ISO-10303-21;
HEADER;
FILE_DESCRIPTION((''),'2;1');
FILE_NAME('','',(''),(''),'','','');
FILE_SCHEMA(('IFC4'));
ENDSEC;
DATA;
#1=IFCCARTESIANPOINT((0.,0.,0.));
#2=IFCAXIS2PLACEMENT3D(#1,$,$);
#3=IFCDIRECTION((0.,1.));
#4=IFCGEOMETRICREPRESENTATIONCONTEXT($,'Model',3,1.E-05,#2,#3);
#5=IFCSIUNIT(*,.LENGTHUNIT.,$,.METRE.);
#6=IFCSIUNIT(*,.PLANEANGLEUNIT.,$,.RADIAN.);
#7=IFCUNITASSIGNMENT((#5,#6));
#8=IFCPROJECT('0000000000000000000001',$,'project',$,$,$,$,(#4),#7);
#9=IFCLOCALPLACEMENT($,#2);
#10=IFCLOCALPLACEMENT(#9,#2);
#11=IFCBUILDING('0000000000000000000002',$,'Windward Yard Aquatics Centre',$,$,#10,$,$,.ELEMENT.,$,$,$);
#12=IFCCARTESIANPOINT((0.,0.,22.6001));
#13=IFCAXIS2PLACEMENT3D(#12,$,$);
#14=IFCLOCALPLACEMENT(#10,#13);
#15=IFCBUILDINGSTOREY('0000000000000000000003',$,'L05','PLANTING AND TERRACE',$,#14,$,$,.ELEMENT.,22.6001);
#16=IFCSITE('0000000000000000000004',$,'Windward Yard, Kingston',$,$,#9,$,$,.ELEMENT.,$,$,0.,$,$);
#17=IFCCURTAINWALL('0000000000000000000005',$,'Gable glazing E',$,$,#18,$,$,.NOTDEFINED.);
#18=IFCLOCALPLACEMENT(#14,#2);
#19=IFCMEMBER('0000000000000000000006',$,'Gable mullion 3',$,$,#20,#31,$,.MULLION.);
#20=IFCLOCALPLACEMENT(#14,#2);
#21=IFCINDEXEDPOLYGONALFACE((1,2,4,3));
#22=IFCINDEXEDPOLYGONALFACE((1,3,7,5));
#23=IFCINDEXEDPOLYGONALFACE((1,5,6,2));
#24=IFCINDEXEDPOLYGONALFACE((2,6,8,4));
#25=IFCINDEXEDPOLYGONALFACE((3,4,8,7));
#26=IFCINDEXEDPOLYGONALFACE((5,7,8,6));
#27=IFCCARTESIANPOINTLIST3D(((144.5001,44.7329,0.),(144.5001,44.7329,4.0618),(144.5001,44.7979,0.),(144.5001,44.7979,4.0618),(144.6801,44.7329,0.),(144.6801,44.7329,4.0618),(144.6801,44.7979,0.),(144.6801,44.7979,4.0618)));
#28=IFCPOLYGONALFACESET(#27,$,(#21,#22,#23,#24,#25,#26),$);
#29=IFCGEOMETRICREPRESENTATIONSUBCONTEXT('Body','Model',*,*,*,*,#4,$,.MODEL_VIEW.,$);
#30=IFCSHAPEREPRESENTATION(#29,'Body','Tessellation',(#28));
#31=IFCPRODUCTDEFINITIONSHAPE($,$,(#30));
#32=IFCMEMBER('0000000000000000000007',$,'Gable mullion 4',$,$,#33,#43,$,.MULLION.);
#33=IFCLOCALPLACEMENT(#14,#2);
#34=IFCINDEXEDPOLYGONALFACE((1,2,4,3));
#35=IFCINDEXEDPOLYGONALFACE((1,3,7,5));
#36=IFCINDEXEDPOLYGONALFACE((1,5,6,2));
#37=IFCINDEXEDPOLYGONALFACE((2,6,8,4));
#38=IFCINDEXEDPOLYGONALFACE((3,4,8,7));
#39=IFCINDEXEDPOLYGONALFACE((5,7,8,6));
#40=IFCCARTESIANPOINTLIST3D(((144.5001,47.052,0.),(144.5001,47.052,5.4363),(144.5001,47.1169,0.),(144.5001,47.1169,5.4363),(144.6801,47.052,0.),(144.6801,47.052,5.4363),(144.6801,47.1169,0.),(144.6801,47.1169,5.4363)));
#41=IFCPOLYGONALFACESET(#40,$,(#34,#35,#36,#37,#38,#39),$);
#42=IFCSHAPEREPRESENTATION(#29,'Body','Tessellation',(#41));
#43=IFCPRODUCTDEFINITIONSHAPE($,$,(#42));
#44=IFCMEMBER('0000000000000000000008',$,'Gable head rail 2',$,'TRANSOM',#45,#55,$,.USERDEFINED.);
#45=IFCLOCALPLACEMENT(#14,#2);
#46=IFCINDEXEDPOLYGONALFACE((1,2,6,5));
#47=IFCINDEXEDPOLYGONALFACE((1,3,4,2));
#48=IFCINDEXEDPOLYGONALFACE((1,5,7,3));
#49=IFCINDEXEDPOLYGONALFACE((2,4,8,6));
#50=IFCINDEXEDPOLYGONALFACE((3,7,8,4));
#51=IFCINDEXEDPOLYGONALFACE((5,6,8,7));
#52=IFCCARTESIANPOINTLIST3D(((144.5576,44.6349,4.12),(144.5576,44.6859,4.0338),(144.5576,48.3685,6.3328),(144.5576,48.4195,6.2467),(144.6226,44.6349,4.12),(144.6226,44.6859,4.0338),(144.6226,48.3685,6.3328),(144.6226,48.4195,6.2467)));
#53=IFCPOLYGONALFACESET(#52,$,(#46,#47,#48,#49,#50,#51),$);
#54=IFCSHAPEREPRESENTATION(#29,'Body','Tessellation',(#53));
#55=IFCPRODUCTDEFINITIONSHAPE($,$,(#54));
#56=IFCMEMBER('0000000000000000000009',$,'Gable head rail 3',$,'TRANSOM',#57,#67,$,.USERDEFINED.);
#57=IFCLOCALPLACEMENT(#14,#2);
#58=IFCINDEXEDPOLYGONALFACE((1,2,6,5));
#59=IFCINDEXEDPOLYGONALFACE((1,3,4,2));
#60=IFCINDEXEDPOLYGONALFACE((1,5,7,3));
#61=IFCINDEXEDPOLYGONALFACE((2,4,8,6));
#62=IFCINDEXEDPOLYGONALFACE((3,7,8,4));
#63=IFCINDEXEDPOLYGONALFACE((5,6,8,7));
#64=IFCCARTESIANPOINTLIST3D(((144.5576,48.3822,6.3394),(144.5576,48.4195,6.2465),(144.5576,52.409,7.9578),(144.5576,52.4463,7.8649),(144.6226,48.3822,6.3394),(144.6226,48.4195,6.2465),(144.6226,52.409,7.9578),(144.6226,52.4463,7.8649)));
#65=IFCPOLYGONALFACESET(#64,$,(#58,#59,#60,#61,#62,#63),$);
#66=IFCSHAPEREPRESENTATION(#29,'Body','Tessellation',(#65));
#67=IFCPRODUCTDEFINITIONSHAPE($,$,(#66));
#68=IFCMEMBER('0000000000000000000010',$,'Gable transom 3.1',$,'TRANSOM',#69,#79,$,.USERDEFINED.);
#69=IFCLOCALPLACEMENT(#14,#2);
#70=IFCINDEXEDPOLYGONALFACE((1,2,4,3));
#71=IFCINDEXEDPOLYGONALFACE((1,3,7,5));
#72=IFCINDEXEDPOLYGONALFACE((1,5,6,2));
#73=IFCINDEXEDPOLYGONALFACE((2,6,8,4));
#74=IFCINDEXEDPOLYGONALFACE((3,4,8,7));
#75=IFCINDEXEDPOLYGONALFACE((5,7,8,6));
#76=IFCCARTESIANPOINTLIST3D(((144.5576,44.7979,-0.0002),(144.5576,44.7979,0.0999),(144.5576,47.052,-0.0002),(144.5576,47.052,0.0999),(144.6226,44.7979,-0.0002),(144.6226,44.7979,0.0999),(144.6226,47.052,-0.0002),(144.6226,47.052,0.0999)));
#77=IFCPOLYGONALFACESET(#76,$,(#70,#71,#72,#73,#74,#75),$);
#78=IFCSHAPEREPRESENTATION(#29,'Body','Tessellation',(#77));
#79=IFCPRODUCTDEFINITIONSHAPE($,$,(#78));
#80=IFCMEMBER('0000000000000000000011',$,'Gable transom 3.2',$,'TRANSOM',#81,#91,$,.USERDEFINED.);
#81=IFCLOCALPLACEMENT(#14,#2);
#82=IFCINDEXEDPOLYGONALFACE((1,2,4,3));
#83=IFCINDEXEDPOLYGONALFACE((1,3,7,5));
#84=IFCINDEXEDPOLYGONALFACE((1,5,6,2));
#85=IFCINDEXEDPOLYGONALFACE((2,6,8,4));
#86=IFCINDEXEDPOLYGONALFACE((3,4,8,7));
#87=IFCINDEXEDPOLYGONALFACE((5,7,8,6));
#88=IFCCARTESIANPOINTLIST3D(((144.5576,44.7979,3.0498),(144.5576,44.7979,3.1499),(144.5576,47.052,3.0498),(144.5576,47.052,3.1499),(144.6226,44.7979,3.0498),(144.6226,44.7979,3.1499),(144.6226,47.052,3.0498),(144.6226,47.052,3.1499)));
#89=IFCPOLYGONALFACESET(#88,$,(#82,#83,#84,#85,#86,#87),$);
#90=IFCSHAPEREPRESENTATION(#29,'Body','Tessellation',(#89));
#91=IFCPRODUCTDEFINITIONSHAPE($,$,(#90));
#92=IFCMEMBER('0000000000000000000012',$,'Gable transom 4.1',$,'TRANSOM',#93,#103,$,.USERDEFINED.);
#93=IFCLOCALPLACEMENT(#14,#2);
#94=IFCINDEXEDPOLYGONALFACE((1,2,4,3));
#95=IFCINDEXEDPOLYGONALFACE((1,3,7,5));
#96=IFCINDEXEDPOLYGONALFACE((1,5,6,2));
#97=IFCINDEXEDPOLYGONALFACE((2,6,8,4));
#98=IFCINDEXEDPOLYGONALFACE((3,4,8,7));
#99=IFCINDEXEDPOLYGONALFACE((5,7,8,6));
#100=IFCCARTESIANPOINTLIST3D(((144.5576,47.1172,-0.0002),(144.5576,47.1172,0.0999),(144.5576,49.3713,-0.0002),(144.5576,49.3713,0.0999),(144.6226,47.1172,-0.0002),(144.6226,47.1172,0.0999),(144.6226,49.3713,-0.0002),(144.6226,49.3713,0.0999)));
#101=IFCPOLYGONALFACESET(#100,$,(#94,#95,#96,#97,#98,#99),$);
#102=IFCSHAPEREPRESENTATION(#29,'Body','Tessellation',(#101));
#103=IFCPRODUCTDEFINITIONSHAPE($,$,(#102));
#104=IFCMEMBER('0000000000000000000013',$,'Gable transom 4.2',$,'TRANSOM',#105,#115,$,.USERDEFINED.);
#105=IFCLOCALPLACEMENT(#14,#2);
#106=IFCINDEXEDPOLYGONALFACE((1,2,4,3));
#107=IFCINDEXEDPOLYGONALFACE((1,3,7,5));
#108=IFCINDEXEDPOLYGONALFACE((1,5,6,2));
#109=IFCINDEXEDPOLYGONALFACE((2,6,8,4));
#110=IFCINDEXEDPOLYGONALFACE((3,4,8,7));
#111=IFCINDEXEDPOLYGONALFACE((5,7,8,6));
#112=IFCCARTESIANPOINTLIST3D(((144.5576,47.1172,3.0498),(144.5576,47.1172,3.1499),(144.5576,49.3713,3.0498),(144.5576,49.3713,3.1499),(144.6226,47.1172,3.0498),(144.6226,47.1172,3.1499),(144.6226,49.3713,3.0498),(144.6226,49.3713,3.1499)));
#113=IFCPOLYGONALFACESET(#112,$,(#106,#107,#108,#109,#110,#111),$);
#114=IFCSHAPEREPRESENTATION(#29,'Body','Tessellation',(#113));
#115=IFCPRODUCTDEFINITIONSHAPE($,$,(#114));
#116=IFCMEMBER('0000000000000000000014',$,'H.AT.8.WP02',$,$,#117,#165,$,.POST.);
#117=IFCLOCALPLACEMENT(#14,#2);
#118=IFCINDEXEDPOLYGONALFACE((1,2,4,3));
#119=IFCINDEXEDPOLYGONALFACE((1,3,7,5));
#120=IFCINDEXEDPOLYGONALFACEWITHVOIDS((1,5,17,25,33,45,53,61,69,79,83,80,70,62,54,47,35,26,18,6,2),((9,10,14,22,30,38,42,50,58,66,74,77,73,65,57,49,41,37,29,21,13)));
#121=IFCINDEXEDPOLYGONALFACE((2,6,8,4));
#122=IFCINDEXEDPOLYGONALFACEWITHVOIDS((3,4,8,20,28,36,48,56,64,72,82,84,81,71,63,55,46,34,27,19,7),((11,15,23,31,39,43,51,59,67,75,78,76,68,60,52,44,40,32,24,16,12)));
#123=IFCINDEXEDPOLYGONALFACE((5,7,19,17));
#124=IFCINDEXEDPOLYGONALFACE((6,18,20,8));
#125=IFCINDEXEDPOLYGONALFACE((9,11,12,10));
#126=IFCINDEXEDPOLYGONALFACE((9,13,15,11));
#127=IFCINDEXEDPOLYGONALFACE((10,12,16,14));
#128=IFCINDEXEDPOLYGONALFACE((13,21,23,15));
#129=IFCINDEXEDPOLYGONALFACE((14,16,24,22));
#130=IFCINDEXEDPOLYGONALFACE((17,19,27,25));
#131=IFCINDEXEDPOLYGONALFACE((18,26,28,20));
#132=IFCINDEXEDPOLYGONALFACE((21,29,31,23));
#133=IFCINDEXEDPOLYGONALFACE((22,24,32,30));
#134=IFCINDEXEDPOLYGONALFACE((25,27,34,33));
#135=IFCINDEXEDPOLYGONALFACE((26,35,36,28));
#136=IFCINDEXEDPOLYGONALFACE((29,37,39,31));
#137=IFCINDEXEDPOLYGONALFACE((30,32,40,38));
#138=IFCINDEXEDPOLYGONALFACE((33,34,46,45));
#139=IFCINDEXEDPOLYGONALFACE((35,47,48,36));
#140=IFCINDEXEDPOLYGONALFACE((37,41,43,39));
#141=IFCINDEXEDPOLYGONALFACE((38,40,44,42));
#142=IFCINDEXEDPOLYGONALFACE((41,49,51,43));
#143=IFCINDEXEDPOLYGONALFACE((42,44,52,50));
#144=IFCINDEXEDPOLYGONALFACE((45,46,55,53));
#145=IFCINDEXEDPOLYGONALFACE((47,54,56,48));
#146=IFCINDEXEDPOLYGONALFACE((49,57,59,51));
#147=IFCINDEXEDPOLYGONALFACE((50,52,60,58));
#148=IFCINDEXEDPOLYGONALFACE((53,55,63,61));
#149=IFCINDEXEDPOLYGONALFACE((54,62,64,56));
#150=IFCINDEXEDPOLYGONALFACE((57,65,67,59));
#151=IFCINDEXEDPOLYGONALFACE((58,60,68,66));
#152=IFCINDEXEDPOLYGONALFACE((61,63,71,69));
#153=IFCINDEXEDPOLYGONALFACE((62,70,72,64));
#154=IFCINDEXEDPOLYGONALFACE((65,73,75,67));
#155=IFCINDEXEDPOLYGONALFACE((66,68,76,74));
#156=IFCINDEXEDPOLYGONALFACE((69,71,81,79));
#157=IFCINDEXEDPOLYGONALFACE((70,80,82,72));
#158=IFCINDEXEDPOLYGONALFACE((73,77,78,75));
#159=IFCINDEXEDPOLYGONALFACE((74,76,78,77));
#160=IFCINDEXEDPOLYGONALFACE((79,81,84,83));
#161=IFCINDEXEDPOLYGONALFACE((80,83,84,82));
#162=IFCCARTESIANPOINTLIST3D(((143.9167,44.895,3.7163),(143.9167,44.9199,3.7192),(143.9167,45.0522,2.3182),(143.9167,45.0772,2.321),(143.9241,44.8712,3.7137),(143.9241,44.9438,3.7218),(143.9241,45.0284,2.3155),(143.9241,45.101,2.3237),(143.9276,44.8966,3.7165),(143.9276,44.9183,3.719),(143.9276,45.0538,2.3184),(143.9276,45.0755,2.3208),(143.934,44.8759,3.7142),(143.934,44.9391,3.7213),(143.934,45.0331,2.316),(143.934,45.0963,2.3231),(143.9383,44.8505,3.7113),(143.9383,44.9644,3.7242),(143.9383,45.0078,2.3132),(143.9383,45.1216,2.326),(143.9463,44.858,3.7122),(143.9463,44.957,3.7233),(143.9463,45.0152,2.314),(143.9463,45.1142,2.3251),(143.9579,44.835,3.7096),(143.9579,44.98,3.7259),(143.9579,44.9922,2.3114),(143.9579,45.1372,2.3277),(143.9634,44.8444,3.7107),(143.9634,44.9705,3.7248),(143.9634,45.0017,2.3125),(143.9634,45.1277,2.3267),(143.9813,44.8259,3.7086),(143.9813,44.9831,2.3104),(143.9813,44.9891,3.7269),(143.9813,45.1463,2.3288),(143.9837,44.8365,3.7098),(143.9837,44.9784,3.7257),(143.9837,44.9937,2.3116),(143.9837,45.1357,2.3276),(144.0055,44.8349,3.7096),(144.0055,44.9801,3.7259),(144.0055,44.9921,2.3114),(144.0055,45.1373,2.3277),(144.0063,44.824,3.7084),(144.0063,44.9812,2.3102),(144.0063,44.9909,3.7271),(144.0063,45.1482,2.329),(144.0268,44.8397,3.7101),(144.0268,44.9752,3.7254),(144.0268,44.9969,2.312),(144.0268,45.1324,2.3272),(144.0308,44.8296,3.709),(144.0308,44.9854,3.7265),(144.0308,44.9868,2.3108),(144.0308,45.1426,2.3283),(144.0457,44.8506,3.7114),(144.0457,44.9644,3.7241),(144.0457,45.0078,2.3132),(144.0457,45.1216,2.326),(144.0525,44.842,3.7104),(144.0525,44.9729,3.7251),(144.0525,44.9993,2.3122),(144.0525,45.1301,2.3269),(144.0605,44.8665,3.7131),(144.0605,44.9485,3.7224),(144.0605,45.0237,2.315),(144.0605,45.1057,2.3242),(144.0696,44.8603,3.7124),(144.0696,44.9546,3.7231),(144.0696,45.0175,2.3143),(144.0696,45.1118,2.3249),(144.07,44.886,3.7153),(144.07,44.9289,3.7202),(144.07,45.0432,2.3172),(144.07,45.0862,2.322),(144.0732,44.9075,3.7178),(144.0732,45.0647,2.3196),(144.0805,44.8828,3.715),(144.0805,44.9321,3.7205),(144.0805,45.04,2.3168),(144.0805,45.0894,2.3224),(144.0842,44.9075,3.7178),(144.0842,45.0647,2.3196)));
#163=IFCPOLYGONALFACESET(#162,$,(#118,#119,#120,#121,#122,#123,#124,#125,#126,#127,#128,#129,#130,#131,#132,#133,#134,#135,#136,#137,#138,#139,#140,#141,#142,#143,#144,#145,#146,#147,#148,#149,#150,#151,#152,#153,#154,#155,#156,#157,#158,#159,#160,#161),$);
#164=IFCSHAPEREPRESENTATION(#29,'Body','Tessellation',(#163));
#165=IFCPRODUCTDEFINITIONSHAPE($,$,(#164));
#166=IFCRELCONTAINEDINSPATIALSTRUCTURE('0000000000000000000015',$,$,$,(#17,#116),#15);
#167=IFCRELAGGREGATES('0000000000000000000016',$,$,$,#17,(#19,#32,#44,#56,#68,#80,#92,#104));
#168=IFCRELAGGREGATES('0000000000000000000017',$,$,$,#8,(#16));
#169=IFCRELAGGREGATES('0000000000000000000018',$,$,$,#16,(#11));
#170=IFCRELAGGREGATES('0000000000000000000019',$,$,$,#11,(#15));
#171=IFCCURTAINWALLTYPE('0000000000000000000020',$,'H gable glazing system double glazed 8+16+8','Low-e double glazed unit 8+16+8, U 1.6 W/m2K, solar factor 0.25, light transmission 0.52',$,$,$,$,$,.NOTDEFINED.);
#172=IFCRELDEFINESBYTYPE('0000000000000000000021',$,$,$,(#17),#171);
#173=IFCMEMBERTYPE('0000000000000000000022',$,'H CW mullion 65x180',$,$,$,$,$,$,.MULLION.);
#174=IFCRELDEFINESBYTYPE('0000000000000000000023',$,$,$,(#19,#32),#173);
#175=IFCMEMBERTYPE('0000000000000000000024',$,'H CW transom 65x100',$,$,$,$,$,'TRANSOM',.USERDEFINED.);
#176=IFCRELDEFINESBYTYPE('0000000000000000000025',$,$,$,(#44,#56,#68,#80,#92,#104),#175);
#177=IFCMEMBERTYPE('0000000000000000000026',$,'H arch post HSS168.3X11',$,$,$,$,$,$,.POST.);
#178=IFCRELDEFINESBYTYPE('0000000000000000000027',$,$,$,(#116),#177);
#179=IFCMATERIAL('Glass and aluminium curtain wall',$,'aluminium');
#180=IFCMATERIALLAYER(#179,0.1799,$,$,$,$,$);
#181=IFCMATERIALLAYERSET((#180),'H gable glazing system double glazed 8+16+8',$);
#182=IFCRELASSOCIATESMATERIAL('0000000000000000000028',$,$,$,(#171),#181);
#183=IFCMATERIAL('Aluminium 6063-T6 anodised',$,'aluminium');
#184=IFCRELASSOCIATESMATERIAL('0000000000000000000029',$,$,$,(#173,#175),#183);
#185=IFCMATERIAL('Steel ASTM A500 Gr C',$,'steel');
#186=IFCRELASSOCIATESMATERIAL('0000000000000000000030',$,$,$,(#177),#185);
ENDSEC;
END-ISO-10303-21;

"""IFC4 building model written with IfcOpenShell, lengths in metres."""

from ifc_helpers import new_model, si_unit, direction, frame, origin, origin_2d, place, context, subcontext, project, spatial, rectangle, hollow_circle, extrude, material, layer, layer_set, material_profile, profile_set, type_object, element, aggregate, save


model = new_model("IFC4")

# Units and contexts
model_context = context("Model", 3, precision=1e-05, world=origin(), true_north=direction((0.0, 1.0)))
body_context = subcontext(model_context, "Body", "Model", "MODEL_VIEW")
ifc_project = project(units=[si_unit("LENGTHUNIT", "METRE"), si_unit("PLANEANGLEUNIT", "RADIAN")], contexts=[model_context])

# Site, building, storey
site_placement = place(None, origin())
site = spatial("IfcSite", under=ifc_project, at=site_placement, Name="Windward Yard, Kingston", CompositionType="ELEMENT", RefElevation=0.0)
building_placement = place(site_placement, origin())
building = spatial("IfcBuilding", under=site, at=building_placement, Name="Windward Yard Aquatics Centre", CompositionType="ELEMENT")
storey_placement = place(building_placement, frame((0.0, 0.0, 22.6001)))
storey = spatial("IfcBuildingStorey", under=building, at=storey_placement, Name="L05", Description="PLANTING AND TERRACE", CompositionType="ELEMENT", Elevation=22.6001)

# Curtain wall, members
ifc_material_1 = material(Name="Glass and aluminium curtain wall", Category="aluminium")
ifc_layer_1 = layer(ifc_material_1, 0.1799)
ifc_layer_set_1 = layer_set([ifc_layer_1], Name="H gable glazing system double glazed 8+16+8")
curtain_wall_type = type_object("IfcCurtainWallType", Name="H gable glazing system double glazed 8+16+8", Description="Low-e double glazed unit 8+16+8, U 1.6 W/m2K, solar factor 0.25, light transmission 0.52", PredefinedType="NOTDEFINED", material=ifc_layer_set_1)
curtain_wall_placement = place(storey_placement, origin())
curtain_wall = element("IfcCurtainWall", 1, at=curtain_wall_placement, inside=storey, type_object=curtain_wall_type, Name="Gable glazing E", PredefinedType="NOTDEFINED")
ifc_material_2 = material(Name="Aluminium 6063-T6 anodised", Category="aluminium")
ifc_material_profile_1 = material_profile(ifc_material_2, rectangle(XDim=0.0649, YDim=0.1799, at=origin_2d()), Name="H CW mullion 65x180")
ifc_profile_set_1 = profile_set([ifc_material_profile_1], Name="Aluminium 6063-T6 anodised")
member_type_1 = type_object("IfcMemberType", Name="H CW mullion 65x180", PredefinedType="MULLION", material=ifc_profile_set_1)
member_1_placement = place(storey_placement, frame((144.5901, 44.7654, 0.0), z_axis=(0.0, 0.0, 1.0), x_axis=(0.0, 1.0, 0.0)))
member_1 = element("IfcMember", 2, at=member_1_placement, type_object=member_type_1, Name="Gable mullion 3", PredefinedType="MULLION", context=body_context, shape_type="SweptSolid", body=[
    extrude(rectangle(XDim=0.0649, YDim=0.1799, at=origin_2d()), origin(), (0.0, 0.0, 1.0), 4.0618),
])
member_2_placement = place(storey_placement, frame((144.5901, 47.0845, 0.0), z_axis=(0.0, 0.0, 1.0), x_axis=(0.0, 1.0, 0.0)))
member_2 = element("IfcMember", 3, at=member_2_placement, type_object=member_type_1, Name="Gable mullion 4", PredefinedType="MULLION", context=body_context, shape_type="SweptSolid", body=[
    extrude(rectangle(XDim=0.0649, YDim=0.1799, at=origin_2d()), origin(), (0.0, 0.0, 1.0), 5.4363),
])
ifc_material_profile_2 = material_profile(ifc_material_2, rectangle(XDim=0.0649, YDim=0.1001, at=origin_2d()), Name="H CW transom 65x100")
ifc_profile_set_2 = profile_set([ifc_material_profile_2], Name="Aluminium 6063-T6 anodised")
member_type_2 = type_object("IfcMemberType", Name="H CW transom 65x100", ElementType="TRANSOM", PredefinedType="USERDEFINED", material=ifc_profile_set_2)
member_3_placement = place(storey_placement, frame((144.5901, 44.6604, 4.0769), z_axis=(0.0, 0.860255, 0.509864), x_axis=(-1.0, 0.0, 0.0)))
member_3 = element("IfcMember", 4, at=member_3_placement, type_object=member_type_2, Name="Gable head rail 2", ObjectType="TRANSOM", PredefinedType="USERDEFINED", context=body_context, shape_type="SweptSolid", body=[
    extrude(rectangle(XDim=0.0649, YDim=0.1001, at=origin_2d()), origin(), (0.0, 0.0, 1.0), 4.3401),
])
member_4_placement = place(storey_placement, frame((144.5901, 48.4009, 6.293), z_axis=(0.0, 0.927866, 0.372913), x_axis=(-1.0, 0.0, 0.0)))
member_4 = element("IfcMember", 5, at=member_4_placement, type_object=member_type_2, Name="Gable head rail 3", ObjectType="TRANSOM", PredefinedType="USERDEFINED", context=body_context, shape_type="SweptSolid", body=[
    extrude(rectangle(XDim=0.0649, YDim=0.1001, at=origin_2d()), origin(), (0.0, 0.0, 1.0), 4.3398),
])
member_5_placement = place(storey_placement, frame((144.5901, 44.7979, 0.0498), z_axis=(0.0, 1.0, 0.0), x_axis=(-1.0, 0.0, 0.0)))
member_5 = element("IfcMember", 6, at=member_5_placement, type_object=member_type_2, Name="Gable transom 3.1", ObjectType="TRANSOM", PredefinedType="USERDEFINED", context=body_context, shape_type="SweptSolid", body=[
    extrude(rectangle(XDim=0.0649, YDim=0.1001, at=origin_2d()), origin(), (0.0, 0.0, 1.0), 2.2542),
])
member_6_placement = place(storey_placement, frame((144.5901, 44.7979, 3.0999), z_axis=(0.0, 1.0, 0.0), x_axis=(-1.0, 0.0, 0.0)))
member_6 = element("IfcMember", 7, at=member_6_placement, type_object=member_type_2, Name="Gable transom 3.2", ObjectType="TRANSOM", PredefinedType="USERDEFINED", context=body_context, shape_type="SweptSolid", body=[
    extrude(rectangle(XDim=0.0649, YDim=0.1001, at=origin_2d()), origin(), (0.0, 0.0, 1.0), 2.2542),
])
member_7_placement = place(storey_placement, frame((144.5901, 47.1172, 0.0498), z_axis=(0.0, 1.0, 0.0), x_axis=(-1.0, 0.0, 0.0)))
member_7 = element("IfcMember", 8, at=member_7_placement, type_object=member_type_2, Name="Gable transom 4.1", ObjectType="TRANSOM", PredefinedType="USERDEFINED", context=body_context, shape_type="SweptSolid", body=[
    extrude(rectangle(XDim=0.0649, YDim=0.1001, at=origin_2d()), origin(), (0.0, 0.0, 1.0), 2.2542),
])
member_8_placement = place(storey_placement, frame((144.5901, 47.1172, 3.0999), z_axis=(0.0, 1.0, 0.0), x_axis=(-1.0, 0.0, 0.0)))
member_8 = element("IfcMember", 9, at=member_8_placement, type_object=member_type_2, Name="Gable transom 4.2", ObjectType="TRANSOM", PredefinedType="USERDEFINED", context=body_context, shape_type="SweptSolid", body=[
    extrude(rectangle(XDim=0.0649, YDim=0.1001, at=origin_2d()), origin(), (0.0, 0.0, 1.0), 2.2542),
])

# Member
ifc_material_3 = material(Name="Steel ASTM A500 Gr C", Category="steel")
ifc_material_profile_3 = material_profile(ifc_material_3, hollow_circle(Radius=0.0842, WallThickness=0.011, at=origin_2d()), Name="HSS168.3X11")
ifc_profile_set_3 = profile_set([ifc_material_profile_3], Name="Steel ASTM A500 Gr C")
member_type_3 = type_object("IfcMemberType", Name="H arch post HSS168.3X11", PredefinedType="POST", material=ifc_profile_set_3)
member_9_placement = place(storey_placement, frame((144.0, 45.0647, 2.3196), z_axis=(0.0, -0.111746, 0.993737), x_axis=(1.0, 0.0, 0.0)))
element("IfcMember", 10, at=member_9_placement, inside=storey, type_object=member_type_3, Name="H.AT.8.WP02", PredefinedType="POST", context=body_context, shape_type="SweptSolid", body=[
    extrude(hollow_circle(Radius=0.0842, WallThickness=0.011, at=origin_2d()), origin(), (0.0, 0.0, 1.0), 1.407),
])

aggregate(curtain_wall, [member_1, member_2, member_3, member_4, member_5, member_6, member_7, member_8])

save(model, "model.ifc")
